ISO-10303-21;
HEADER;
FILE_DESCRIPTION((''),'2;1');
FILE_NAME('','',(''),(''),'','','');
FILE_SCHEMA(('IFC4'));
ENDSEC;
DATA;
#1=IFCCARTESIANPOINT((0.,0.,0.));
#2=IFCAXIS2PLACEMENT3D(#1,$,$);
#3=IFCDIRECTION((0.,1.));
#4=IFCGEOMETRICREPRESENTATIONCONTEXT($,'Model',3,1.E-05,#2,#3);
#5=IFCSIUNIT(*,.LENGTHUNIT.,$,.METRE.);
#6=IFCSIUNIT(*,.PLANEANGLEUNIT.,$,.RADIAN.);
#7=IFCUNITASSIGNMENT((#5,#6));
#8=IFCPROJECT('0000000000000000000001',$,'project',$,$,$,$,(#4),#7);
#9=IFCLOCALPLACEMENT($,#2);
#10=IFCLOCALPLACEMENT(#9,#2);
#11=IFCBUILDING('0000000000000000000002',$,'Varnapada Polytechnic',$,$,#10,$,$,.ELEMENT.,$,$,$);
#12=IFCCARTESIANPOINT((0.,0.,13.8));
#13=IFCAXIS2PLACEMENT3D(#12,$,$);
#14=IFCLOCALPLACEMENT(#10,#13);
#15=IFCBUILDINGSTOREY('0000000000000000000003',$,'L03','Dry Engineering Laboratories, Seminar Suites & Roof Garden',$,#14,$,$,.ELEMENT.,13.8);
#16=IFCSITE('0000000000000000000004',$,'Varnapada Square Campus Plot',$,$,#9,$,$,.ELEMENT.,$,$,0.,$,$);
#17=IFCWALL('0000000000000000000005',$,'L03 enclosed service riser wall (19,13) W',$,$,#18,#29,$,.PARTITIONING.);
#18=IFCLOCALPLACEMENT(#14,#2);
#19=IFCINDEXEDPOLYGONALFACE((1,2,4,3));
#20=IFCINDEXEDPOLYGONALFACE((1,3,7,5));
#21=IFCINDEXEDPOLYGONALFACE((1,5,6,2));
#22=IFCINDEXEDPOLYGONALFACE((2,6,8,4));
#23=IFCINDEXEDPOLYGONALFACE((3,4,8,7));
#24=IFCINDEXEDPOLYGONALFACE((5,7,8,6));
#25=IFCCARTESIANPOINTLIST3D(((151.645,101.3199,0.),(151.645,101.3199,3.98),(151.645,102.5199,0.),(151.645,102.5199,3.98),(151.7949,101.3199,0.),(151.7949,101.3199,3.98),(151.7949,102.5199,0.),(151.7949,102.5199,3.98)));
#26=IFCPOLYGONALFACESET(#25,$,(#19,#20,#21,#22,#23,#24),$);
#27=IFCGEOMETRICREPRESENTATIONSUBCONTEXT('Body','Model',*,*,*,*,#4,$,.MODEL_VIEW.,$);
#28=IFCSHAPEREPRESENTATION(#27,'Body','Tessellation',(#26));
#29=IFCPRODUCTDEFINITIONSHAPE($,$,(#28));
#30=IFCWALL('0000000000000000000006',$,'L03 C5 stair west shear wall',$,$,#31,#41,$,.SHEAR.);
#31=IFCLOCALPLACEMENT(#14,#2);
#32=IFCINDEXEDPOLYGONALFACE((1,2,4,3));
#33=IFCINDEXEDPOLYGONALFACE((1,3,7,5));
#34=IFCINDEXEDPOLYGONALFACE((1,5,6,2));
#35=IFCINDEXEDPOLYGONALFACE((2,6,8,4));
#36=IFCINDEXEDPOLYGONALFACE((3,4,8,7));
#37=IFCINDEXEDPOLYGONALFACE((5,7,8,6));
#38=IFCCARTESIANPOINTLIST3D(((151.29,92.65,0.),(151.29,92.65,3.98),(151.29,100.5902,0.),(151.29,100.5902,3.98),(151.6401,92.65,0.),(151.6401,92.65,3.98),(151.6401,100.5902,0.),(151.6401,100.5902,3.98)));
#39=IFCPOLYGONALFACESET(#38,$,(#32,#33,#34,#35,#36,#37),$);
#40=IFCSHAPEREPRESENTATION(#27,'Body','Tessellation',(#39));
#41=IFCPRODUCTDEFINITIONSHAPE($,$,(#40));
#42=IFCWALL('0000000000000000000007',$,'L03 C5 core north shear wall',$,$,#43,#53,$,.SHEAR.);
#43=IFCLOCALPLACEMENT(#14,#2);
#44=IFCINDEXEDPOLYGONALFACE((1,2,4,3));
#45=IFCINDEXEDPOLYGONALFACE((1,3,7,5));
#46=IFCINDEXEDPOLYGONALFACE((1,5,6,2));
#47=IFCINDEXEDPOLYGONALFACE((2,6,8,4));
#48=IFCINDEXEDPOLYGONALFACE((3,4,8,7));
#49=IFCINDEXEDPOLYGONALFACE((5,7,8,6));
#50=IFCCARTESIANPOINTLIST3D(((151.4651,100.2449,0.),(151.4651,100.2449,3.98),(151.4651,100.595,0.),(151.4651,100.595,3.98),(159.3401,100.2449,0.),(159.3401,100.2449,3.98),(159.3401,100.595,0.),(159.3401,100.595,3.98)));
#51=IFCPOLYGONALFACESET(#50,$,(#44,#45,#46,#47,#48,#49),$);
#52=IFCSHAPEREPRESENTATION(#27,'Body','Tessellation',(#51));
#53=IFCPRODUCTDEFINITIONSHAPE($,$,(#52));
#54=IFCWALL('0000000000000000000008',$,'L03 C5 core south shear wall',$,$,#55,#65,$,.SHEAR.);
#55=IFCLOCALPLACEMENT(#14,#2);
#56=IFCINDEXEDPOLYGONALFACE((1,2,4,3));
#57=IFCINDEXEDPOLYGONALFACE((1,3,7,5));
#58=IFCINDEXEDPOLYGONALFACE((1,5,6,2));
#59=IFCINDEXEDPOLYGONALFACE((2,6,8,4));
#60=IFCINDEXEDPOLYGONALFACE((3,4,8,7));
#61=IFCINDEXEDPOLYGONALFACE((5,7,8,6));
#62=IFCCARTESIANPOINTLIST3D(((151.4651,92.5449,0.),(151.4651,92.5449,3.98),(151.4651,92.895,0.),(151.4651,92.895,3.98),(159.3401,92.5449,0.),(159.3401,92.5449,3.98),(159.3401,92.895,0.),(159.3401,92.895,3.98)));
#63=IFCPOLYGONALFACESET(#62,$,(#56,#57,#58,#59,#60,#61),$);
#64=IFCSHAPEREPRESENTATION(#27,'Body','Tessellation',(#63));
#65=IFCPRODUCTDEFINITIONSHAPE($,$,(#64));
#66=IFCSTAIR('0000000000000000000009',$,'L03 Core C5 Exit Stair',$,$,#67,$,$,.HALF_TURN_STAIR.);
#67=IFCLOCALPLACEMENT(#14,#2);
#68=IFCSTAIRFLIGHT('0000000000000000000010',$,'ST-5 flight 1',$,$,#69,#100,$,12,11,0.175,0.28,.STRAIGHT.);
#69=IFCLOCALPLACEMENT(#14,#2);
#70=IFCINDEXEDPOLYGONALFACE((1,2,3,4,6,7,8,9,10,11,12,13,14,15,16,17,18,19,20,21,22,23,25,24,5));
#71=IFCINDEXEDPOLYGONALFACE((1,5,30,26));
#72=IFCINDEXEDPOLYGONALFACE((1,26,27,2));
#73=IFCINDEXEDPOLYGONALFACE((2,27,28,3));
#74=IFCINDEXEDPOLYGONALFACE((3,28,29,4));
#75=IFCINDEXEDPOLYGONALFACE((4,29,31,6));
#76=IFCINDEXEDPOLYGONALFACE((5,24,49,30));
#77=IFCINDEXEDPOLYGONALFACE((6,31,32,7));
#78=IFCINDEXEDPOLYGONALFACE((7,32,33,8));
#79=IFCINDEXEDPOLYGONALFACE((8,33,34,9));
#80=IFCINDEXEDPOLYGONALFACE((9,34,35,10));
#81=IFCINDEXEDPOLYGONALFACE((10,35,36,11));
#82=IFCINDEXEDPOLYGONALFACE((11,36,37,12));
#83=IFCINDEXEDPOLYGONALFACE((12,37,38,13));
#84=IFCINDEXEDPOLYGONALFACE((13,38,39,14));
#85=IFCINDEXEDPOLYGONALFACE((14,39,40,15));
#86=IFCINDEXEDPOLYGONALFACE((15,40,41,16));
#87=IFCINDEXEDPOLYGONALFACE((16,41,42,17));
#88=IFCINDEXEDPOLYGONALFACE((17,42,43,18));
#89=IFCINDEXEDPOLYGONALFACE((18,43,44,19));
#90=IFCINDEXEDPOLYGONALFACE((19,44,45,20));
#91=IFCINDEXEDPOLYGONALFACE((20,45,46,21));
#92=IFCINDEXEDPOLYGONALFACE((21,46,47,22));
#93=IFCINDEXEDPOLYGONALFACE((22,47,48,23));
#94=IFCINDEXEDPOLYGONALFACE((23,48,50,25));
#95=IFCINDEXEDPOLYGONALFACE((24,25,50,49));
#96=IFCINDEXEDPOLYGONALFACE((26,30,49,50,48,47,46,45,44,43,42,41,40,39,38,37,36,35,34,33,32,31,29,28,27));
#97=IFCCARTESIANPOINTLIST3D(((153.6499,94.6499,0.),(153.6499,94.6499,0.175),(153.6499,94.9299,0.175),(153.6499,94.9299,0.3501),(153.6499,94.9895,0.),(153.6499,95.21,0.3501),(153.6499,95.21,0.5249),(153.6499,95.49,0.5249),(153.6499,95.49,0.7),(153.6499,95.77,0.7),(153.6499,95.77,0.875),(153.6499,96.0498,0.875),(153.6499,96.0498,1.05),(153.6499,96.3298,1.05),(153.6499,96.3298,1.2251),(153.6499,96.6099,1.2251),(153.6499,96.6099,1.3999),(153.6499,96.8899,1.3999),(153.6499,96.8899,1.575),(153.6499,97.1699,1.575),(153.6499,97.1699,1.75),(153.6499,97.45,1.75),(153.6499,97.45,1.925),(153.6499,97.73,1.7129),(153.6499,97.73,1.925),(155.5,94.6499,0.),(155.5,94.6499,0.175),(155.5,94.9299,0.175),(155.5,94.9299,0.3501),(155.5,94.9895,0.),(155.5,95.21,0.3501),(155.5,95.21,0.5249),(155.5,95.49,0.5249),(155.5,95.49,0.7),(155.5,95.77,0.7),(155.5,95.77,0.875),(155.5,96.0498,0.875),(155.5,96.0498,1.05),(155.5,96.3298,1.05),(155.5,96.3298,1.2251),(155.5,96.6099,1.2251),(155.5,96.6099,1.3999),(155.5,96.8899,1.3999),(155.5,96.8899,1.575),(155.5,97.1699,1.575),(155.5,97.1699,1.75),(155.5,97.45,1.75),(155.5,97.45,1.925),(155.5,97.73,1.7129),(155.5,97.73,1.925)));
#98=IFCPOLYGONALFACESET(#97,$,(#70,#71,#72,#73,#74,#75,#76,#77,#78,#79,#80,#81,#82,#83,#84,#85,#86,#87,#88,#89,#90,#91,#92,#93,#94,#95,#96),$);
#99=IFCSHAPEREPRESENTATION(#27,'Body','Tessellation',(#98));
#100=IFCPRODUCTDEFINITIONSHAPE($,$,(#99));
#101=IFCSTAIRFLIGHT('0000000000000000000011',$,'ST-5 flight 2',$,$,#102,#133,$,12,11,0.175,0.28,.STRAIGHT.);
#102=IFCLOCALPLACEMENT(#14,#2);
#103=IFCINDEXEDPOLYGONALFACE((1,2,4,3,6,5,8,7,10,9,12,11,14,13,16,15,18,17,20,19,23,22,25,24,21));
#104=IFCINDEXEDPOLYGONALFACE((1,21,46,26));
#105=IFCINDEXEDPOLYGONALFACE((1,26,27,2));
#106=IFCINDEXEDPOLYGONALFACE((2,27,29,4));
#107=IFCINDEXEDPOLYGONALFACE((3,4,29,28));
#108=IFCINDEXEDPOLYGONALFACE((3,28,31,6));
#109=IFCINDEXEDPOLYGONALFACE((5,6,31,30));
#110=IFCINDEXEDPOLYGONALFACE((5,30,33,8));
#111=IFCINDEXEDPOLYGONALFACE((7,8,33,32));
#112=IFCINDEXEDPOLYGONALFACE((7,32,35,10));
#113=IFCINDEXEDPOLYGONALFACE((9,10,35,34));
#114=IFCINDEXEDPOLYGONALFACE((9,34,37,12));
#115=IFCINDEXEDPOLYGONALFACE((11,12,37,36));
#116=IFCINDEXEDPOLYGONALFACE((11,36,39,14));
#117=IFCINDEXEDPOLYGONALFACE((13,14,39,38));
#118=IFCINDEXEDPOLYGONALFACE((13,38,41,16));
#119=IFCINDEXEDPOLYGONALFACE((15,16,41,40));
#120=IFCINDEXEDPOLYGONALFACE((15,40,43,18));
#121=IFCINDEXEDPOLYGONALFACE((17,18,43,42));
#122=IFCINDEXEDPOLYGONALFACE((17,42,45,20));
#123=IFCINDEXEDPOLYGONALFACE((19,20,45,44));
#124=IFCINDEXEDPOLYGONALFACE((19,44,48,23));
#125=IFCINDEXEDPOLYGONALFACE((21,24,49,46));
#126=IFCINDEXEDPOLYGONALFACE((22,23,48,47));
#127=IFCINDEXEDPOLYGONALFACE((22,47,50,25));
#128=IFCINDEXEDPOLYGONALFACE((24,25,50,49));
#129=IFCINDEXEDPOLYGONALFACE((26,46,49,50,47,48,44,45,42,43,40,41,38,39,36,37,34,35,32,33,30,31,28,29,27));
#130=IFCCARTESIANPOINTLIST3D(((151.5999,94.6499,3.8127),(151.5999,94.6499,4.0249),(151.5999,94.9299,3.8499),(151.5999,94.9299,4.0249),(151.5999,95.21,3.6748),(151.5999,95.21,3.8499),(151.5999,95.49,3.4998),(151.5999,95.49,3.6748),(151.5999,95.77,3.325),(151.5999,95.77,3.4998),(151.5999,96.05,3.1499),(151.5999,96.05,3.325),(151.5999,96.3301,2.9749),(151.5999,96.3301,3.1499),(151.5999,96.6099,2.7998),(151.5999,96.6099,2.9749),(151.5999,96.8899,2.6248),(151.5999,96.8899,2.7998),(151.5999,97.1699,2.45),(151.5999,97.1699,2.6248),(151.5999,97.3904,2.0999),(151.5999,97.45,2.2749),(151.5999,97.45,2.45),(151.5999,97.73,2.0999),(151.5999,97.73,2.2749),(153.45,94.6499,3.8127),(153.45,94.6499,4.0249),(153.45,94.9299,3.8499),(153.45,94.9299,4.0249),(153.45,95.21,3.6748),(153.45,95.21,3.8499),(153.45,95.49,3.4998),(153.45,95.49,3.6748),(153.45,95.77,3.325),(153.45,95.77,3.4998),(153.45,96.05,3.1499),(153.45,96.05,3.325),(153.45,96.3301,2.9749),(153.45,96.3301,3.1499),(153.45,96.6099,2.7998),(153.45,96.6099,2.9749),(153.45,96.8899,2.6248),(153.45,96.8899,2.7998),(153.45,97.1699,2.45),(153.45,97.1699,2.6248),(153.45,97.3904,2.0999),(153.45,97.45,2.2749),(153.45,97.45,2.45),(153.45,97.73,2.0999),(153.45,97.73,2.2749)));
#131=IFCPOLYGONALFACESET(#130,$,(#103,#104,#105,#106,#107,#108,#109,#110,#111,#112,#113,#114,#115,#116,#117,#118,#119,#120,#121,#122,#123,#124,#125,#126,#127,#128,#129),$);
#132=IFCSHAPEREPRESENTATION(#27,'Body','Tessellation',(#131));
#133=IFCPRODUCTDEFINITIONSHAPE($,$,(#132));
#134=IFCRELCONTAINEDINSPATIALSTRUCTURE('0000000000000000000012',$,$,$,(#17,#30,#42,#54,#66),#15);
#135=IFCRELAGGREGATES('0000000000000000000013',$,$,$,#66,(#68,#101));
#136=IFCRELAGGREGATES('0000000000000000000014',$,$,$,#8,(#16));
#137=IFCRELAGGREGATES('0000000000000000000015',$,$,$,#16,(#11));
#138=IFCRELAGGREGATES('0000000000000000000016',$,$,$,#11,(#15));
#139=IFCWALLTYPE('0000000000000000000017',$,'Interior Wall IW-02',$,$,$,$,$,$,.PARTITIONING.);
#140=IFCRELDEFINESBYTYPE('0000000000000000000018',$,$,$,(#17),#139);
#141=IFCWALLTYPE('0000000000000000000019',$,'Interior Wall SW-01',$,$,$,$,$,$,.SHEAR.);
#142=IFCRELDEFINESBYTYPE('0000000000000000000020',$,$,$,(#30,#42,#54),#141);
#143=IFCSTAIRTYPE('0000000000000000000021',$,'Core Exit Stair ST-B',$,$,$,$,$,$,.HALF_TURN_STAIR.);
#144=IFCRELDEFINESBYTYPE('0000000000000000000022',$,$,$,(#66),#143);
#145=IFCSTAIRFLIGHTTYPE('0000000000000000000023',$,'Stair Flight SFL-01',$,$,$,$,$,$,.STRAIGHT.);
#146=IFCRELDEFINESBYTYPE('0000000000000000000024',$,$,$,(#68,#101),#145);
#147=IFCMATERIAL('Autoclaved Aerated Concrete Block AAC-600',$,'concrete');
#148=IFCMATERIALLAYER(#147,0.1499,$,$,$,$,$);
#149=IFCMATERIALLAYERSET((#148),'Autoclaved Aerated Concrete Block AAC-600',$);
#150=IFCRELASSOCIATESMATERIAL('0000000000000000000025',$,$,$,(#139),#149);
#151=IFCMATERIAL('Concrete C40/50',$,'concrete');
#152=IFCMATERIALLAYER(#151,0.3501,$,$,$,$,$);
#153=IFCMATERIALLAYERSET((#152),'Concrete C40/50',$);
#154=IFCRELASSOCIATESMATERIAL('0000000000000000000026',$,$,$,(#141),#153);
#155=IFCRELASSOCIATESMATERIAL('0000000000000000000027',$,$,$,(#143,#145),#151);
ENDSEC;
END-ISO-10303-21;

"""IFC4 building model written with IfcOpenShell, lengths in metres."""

from ifc_helpers import new_model, si_unit, direction, frame, frame_2d, origin, place, context, subcontext, project, spatial, polyline, rectangle, outline, extrude, material, layer, layer_set, type_object, element, aggregate, save


model = new_model("IFC4")

# Units and contexts
model_context = context("Model", 3, precision=1e-05, world=origin(), true_north=direction((0.0, 1.0)))
body_context = subcontext(model_context, "Body", "Model", "MODEL_VIEW")
ifc_project = project(units=[si_unit("LENGTHUNIT", "METRE"), si_unit("PLANEANGLEUNIT", "RADIAN")], contexts=[model_context])

# Site, building, storey
site_placement = place(None, origin())
site = spatial("IfcSite", under=ifc_project, at=site_placement, Name="Varnapada Square Campus Plot", CompositionType="ELEMENT", RefElevation=0.0)
building_placement = place(site_placement, origin())
building = spatial("IfcBuilding", under=site, at=building_placement, Name="Varnapada Polytechnic", CompositionType="ELEMENT")
storey_placement = place(building_placement, frame((0.0, 0.0, 13.8)))
storey = spatial("IfcBuildingStorey", under=building, at=storey_placement, Name="L03", Description="Dry Engineering Laboratories, Seminar Suites & Roof Garden", CompositionType="ELEMENT", Elevation=13.8)

# Shared definitions
ifc_material_1 = material(Name="Autoclaved Aerated Concrete Block AAC-600", Category="concrete")

# Walls
ifc_layer_1 = layer(ifc_material_1, 0.1499)
ifc_layer_set_1 = layer_set([ifc_layer_1], Name="Autoclaved Aerated Concrete Block AAC-600")
wall_type_1 = type_object("IfcWallType", Name="Interior Wall IW-02", PredefinedType="PARTITIONING", material=ifc_layer_set_1)
for number, where, z_axis, x_axis, name in (
    (1, (151.72, 102.52, 0.0), (0.0, 0.0, 1.0), (0.0, -1.0, 0.0), "L03 enclosed service riser wall (19,13) W"),
):
    element("IfcWall", number, at=place(storey_placement, frame(where, z_axis=z_axis, x_axis=x_axis)), inside=storey, type_object=wall_type_1, Name=name, PredefinedType="PARTITIONING", context=body_context, shape_type="SweptSolid", body=[
        extrude(rectangle(XDim=1.2, YDim=0.1499, at=frame_2d((0.6001, 0.0))), origin(), (0.0, 0.0, 1.0), 3.98),
    ])
ifc_material_2 = material(Name="Concrete C40/50", Category="concrete")
ifc_layer_2 = layer(ifc_material_2, 0.3501)
ifc_layer_set_2 = layer_set([ifc_layer_2], Name="Concrete C40/50")
wall_type_2 = type_object("IfcWallType", Name="Interior Wall SW-01", PredefinedType="SHEAR", material=ifc_layer_set_2)
wall_1_placement = place(storey_placement, frame((151.4651, 92.6499, 0.0), z_axis=(0.0, 0.0, 1.0), x_axis=(0.0, 1.0, 0.0)))
element("IfcWall", 2, at=wall_1_placement, inside=storey, type_object=wall_type_2, Name="L03 C5 stair west shear wall", PredefinedType="SHEAR", context=body_context, shape_type="SweptSolid", body=[
    extrude(rectangle(XDim=7.9402, YDim=0.3501, at=frame_2d((3.9702, 0.0))), origin(), (0.0, 0.0, 1.0), 3.98),
])
for number, where, z_axis, x_axis, name in (
    (3, (151.4651, 100.4199, 0.0), (0.0, 0.0, 1.0), (1.0, 0.0, 0.0), "L03 C5 core north shear wall"),
    (4, (159.3401, 92.72, 0.0), (0.0, 0.0, 1.0), (-1.0, 0.0, 0.0), "L03 C5 core south shear wall"),
):
    element("IfcWall", number, at=place(storey_placement, frame(where, z_axis=z_axis, x_axis=x_axis)), inside=storey, type_object=wall_type_2, Name=name, PredefinedType="SHEAR", context=body_context, shape_type="SweptSolid", body=[
        extrude(rectangle(XDim=7.875, YDim=0.3501, at=frame_2d((3.9375, 0.0))), origin(), (0.0, 0.0, 1.0), 3.98),
    ])

# Stair, stair flights
stair_type = type_object("IfcStairType", Name="Core Exit Stair ST-B", PredefinedType="HALF_TURN_STAIR", material=ifc_material_2)
stair_placement = place(storey_placement, origin())
stair = element("IfcStair", 5, at=stair_placement, inside=storey, type_object=stair_type, Name="L03 Core C5 Exit Stair", PredefinedType="HALF_TURN_STAIR")
stair_flight_type = type_object("IfcStairFlightType", Name="Stair Flight SFL-01", PredefinedType="STRAIGHT", material=ifc_material_2)
stair_flight_1_placement = place(storey_placement, frame((154.575, 94.6499, 0.0), z_axis=(0.0, 0.0, 1.0), x_axis=(0.0, 1.0, 0.0)))
stair_flight_1 = element("IfcStairFlight", 6, at=stair_flight_1_placement, type_object=stair_flight_type, Name="ST-5 flight 1", NumberOfRisers=12, NumberOfTreads=11, PredefinedType="STRAIGHT", RiserHeight=0.175, TreadLength=0.28, context=body_context, shape_type="SweptSolid", body=[
    extrude(outline(polyline([(0.0, 0.0), (0.0, 0.175), (0.28, 0.175), (0.28, 0.3501), (0.5601, 0.3501), (0.5601, 0.5249), (0.8401, 0.5249), (0.8401, 0.7), (1.1201, 0.7), (1.1201, 0.875), (1.3999, 0.875), (1.3999, 1.05), (1.6799, 1.05), (1.6799, 1.2251), (1.96, 1.2251), (1.96, 1.3999), (2.24, 1.3999), (2.24, 1.575), (2.52, 1.575), (2.52, 1.75), (2.8, 1.75), (2.8, 1.925), (3.0801, 1.925), (3.0801, 2.1001), (3.0801, 1.7129), (0.3396, 0.0), (0.0, 0.0)])), frame((0.0, 0.925, 0.0), z_axis=(0.0, -1.0, 0.0), x_axis=(1.0, 0.0, 0.0)), (0.0, 0.0, 1.0), 1.8501),
])
stair_flight_2_placement = place(storey_placement, frame((152.5249, 97.73, 2.0999), z_axis=(0.0, 0.0, 1.0), x_axis=(0.0, -1.0, 0.0)))
stair_flight_2 = element("IfcStairFlight", 7, at=stair_flight_2_placement, type_object=stair_flight_type, Name="ST-5 flight 2", NumberOfRisers=12, NumberOfTreads=11, PredefinedType="STRAIGHT", RiserHeight=0.175, TreadLength=0.28, context=body_context, shape_type="SweptSolid", body=[
    extrude(outline(polyline([(0.0, 0.0), (0.0, 0.175), (0.28, 0.175), (0.28, 0.3501), (0.5601, 0.3501), (0.5601, 0.5249), (0.8401, 0.5249), (0.8401, 0.7), (1.1201, 0.7), (1.1201, 0.875), (1.3999, 0.875), (1.3999, 1.05), (1.6799, 1.05), (1.6799, 1.2251), (1.96, 1.2251), (1.96, 1.3999), (2.24, 1.3999), (2.24, 1.575), (2.52, 1.575), (2.52, 1.75), (2.8, 1.75), (2.8, 1.925), (3.0801, 1.925), (3.0801, 2.1001), (3.0801, 1.7129), (0.3396, 0.0), (0.0, 0.0)])), frame((0.0, 0.925, 0.0), z_axis=(0.0, -1.0, 0.0), x_axis=(1.0, 0.0, 0.0)), (0.0, 0.0, 1.0), 1.8501),
])
aggregate(stair, [stair_flight_1, stair_flight_2])

save(model, "model.ifc")
